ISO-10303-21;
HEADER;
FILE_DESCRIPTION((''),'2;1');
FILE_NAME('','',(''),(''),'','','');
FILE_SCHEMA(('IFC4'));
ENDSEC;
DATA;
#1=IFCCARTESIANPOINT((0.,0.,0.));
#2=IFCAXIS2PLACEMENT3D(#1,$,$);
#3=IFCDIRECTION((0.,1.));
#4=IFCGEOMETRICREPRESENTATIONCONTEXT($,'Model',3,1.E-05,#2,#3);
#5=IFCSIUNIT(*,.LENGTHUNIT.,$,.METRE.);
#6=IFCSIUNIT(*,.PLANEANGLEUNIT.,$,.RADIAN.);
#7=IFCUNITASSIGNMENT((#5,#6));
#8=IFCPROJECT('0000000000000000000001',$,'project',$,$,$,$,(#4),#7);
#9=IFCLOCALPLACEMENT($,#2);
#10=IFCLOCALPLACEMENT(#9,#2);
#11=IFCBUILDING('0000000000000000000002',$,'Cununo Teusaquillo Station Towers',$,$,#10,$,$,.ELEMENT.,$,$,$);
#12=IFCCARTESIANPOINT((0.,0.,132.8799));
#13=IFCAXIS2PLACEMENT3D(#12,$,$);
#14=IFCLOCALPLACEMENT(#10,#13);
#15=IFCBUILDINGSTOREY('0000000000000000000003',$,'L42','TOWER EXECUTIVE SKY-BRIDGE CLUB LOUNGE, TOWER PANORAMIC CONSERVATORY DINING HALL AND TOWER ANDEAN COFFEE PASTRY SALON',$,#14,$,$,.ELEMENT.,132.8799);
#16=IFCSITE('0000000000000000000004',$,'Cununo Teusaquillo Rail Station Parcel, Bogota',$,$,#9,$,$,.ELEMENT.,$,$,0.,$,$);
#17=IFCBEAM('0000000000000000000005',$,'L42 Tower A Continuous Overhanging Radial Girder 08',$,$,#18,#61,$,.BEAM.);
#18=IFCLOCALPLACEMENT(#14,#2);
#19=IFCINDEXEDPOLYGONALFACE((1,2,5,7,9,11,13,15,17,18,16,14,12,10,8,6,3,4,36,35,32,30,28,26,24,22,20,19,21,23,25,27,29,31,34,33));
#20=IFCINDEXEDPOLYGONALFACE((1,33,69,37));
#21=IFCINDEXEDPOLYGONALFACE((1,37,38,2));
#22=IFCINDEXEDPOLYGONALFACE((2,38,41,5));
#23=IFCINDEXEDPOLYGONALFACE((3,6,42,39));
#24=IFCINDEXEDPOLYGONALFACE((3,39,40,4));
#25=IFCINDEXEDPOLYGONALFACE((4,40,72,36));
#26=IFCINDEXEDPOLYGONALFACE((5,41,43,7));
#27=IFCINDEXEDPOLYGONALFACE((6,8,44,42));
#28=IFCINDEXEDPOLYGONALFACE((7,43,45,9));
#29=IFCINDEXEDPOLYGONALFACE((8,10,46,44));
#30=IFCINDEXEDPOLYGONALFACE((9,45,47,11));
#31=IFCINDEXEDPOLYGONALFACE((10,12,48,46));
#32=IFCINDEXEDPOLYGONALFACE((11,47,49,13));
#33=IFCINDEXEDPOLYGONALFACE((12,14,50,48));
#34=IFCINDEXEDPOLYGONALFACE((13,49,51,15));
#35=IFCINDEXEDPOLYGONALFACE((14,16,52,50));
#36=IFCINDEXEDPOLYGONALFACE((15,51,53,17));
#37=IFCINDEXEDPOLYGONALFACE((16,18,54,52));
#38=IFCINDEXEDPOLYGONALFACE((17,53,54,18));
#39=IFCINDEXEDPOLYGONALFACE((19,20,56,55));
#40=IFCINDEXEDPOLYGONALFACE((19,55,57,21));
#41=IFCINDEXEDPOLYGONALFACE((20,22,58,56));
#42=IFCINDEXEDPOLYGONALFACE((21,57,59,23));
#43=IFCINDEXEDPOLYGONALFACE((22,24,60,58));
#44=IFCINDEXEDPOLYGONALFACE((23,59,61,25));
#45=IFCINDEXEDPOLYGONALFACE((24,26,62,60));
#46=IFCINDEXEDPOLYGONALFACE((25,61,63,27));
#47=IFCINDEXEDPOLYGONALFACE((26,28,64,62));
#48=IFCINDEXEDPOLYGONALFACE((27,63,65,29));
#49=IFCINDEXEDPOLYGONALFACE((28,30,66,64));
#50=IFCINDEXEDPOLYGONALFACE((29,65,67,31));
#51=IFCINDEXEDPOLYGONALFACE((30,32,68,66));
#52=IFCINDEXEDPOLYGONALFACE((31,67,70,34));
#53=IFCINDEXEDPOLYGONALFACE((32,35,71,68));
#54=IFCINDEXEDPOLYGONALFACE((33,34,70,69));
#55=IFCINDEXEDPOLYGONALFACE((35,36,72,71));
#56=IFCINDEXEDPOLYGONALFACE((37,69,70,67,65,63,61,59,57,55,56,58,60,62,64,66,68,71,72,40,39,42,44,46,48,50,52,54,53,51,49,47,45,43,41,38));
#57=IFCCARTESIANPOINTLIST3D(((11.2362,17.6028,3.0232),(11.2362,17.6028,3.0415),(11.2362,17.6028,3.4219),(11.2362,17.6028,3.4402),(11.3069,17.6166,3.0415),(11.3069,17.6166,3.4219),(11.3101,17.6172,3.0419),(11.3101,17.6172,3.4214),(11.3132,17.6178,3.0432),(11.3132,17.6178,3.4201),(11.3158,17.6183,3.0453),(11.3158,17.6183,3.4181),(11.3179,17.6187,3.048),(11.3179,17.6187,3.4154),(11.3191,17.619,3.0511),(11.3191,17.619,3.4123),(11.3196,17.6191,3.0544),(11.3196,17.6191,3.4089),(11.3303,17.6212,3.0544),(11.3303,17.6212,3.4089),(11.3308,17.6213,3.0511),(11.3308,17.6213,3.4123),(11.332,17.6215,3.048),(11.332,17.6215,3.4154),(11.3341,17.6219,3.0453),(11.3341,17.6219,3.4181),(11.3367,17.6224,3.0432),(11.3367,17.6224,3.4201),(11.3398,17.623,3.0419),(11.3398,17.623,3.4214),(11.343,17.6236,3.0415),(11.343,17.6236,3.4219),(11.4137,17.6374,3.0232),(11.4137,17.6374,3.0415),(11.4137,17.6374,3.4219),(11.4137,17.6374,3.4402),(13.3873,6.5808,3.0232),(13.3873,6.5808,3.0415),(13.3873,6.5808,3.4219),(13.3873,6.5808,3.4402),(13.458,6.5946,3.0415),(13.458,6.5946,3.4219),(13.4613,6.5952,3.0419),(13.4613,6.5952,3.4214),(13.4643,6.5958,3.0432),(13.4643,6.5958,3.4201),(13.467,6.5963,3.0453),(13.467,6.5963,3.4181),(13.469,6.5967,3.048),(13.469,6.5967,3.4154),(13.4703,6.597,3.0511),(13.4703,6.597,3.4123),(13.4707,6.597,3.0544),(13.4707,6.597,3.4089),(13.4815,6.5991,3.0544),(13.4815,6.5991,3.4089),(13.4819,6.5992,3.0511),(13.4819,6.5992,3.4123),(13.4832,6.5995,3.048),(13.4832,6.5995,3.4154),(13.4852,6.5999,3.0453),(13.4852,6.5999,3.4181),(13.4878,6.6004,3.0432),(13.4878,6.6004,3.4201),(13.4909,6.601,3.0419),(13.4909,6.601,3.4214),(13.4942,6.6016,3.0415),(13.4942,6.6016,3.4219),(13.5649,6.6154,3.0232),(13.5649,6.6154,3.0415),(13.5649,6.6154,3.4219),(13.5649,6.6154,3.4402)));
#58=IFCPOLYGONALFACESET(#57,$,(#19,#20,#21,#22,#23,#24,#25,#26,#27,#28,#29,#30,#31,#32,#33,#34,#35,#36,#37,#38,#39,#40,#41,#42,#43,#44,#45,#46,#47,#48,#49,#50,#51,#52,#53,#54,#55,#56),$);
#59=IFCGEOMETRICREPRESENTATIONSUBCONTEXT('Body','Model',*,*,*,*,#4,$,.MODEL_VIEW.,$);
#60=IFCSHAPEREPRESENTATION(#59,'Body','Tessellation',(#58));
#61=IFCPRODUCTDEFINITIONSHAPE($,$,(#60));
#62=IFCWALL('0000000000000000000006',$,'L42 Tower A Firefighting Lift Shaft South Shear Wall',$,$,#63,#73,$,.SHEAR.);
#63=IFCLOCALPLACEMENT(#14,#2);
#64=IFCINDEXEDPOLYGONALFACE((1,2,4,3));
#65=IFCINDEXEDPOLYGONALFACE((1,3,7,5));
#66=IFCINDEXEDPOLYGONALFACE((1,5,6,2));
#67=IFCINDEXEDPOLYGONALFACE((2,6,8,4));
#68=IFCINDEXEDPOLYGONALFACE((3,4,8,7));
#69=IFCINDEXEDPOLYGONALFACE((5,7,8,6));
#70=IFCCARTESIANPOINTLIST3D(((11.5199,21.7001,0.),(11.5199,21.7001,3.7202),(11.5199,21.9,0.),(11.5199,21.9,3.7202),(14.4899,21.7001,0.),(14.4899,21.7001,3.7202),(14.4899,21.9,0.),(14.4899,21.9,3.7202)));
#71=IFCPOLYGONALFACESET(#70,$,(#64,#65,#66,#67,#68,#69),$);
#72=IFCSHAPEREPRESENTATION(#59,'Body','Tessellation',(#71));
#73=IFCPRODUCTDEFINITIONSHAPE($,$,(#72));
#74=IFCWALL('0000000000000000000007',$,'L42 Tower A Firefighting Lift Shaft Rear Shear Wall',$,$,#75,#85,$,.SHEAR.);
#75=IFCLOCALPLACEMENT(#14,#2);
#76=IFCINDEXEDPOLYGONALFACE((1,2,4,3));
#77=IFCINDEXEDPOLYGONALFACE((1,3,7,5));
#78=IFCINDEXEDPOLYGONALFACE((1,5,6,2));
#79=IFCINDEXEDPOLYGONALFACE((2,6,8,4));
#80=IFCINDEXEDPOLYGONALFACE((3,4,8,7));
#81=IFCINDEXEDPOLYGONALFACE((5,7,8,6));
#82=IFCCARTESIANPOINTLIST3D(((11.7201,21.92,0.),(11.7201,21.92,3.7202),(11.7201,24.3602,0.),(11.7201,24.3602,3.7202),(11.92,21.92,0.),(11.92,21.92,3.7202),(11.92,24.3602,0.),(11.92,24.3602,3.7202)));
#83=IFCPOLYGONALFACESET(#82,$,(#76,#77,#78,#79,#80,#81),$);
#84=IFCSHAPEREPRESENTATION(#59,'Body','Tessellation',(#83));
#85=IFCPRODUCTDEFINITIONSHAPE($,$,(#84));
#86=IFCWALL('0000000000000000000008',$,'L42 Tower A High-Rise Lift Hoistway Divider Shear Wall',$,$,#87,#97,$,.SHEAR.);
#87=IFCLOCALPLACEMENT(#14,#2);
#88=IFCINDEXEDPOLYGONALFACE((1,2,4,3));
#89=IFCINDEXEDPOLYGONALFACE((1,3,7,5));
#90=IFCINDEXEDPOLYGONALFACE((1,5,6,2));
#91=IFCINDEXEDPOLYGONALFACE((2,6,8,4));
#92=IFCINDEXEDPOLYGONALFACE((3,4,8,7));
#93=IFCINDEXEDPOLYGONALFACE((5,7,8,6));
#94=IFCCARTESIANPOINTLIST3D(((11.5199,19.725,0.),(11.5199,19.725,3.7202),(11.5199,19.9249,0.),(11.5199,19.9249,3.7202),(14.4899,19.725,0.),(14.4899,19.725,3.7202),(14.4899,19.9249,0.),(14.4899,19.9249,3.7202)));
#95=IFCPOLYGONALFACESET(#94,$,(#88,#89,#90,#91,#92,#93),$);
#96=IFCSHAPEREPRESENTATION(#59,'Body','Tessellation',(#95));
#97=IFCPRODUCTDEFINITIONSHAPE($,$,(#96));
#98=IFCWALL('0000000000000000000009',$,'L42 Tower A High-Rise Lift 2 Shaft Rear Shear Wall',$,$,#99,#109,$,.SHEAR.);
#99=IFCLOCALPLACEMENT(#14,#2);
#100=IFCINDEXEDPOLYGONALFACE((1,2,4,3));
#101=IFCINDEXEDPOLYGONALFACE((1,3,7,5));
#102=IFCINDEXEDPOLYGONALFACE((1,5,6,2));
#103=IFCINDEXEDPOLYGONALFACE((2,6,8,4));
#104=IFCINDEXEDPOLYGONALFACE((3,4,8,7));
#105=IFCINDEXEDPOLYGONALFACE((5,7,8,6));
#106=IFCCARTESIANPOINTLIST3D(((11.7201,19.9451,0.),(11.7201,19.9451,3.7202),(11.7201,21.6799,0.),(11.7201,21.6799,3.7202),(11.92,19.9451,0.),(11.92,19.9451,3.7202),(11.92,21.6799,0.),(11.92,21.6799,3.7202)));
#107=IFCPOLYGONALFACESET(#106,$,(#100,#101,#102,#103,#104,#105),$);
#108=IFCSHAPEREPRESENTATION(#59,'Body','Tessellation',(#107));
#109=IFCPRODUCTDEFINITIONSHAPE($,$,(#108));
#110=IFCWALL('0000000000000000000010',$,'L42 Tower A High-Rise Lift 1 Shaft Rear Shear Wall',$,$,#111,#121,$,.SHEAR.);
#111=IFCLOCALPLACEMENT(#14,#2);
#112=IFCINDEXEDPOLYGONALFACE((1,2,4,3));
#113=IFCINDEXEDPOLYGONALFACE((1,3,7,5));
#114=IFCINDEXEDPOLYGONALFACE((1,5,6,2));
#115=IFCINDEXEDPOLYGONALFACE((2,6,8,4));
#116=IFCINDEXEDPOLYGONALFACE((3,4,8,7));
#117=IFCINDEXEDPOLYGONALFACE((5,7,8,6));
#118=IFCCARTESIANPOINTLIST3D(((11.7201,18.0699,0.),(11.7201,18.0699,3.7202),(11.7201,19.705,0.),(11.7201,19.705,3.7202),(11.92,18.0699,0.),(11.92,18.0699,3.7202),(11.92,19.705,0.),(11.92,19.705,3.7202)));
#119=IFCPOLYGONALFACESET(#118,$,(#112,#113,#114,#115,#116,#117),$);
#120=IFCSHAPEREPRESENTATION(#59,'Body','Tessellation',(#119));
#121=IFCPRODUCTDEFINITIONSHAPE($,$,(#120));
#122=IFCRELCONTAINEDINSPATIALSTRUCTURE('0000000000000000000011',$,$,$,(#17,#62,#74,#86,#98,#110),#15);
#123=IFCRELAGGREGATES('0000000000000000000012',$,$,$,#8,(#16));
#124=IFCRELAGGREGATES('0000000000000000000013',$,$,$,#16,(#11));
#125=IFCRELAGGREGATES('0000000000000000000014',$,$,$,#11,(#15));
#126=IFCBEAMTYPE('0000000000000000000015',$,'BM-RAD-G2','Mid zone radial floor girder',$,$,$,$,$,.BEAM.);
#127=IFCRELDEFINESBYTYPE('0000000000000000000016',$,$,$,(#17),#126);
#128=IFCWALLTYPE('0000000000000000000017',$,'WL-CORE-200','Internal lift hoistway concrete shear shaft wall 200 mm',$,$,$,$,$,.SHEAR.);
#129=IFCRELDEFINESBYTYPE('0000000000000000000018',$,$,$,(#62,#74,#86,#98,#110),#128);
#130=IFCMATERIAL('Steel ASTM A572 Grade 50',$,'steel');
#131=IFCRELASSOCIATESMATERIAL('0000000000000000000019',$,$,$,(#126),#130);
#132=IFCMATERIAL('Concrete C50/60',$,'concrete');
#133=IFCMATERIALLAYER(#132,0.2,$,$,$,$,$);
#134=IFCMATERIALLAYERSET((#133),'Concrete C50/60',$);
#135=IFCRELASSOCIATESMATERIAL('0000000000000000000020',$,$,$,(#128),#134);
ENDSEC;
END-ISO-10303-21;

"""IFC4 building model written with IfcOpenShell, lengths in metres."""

from ifc_helpers import new_model, si_unit, direction, frame, frame_2d, origin, origin_2d, place, context, subcontext, project, spatial, rectangle, i_section, extrude, material, layer, layer_set, material_profile, profile_set, type_object, element, save


model = new_model("IFC4")

# Units and contexts
model_context = context("Model", 3, precision=1e-05, world=origin(), true_north=direction((0.0, 1.0)))
body_context = subcontext(model_context, "Body", "Model", "MODEL_VIEW")
ifc_project = project(units=[si_unit("LENGTHUNIT", "METRE"), si_unit("PLANEANGLEUNIT", "RADIAN")], contexts=[model_context])

# Site, building, storey
site_placement = place(None, origin())
site = spatial("IfcSite", under=ifc_project, at=site_placement, Name="Cununo Teusaquillo Rail Station Parcel, Bogota", CompositionType="ELEMENT", RefElevation=0.0)
building_placement = place(site_placement, origin())
building = spatial("IfcBuilding", under=site, at=building_placement, Name="Cununo Teusaquillo Station Towers", CompositionType="ELEMENT")
storey_placement = place(building_placement, frame((0.0, 0.0, 132.8799)))
storey = spatial("IfcBuildingStorey", under=building, at=storey_placement, Name="L42", Description="TOWER EXECUTIVE SKY-BRIDGE CLUB LOUNGE, TOWER PANORAMIC CONSERVATORY DINING HALL AND TOWER ANDEAN COFFEE PASTRY SALON", CompositionType="ELEMENT", Elevation=132.8799)

# Beam
ifc_material_1 = material(Name="Steel ASTM A572 Grade 50", Category="steel")
ifc_material_profile_1 = material_profile(ifc_material_1, i_section(OverallWidth=0.1809, OverallDepth=0.417, WebThickness=0.011, FlangeThickness=0.0183, FilletRadius=0.0129, at=origin_2d()), Name="W16X57")
ifc_profile_set_1 = profile_set([ifc_material_profile_1], Name="Steel ASTM A572 Grade 50")
beam_type_1 = type_object("IfcBeamType", Name="BM-RAD-G2", Description="Mid zone radial floor girder", PredefinedType="BEAM", material=ifc_profile_set_1)
beam_1_placement = place(storey_placement, frame((11.325, 17.6201, 3.2317), z_axis=(0.191553, -0.981482, 0.0), x_axis=(0.981482, 0.191553, 0.0)))
element("IfcBeam", 1, at=beam_1_placement, inside=storey, type_object=beam_type_1, Name="L42 Tower A Continuous Overhanging Radial Girder 08", PredefinedType="BEAM", context=body_context, shape_type="SweptSolid", body=[
    extrude(i_section(OverallWidth=0.1809, OverallDepth=0.417, WebThickness=0.011, FlangeThickness=0.0183, FilletRadius=0.0129, at=origin_2d()), origin(), (0.0, 0.0, 1.0), 11.23),
])

# Walls
ifc_material_2 = material(Name="Concrete C50/60", Category="concrete")
ifc_layer_1 = layer(ifc_material_2, 0.2)
ifc_layer_set_1 = layer_set([ifc_layer_1], Name="Concrete C50/60")
wall_type_1 = type_object("IfcWallType", Name="WL-CORE-200", Description="Internal lift hoistway concrete shear shaft wall 200 mm", PredefinedType="SHEAR", material=ifc_layer_set_1)
wall_1_placement = place(storey_placement, frame((11.52, 21.8, 0.0), z_axis=(0.0, 0.0, 1.0), x_axis=(1.0, 0.0, 0.0)))
element("IfcWall", 2, at=wall_1_placement, inside=storey, type_object=wall_type_1, Name="L42 Tower A Firefighting Lift Shaft South Shear Wall", PredefinedType="SHEAR", context=body_context, shape_type="SweptSolid", body=[
    extrude(rectangle(XDim=2.97, YDim=0.2, at=frame_2d((1.4849, 0.0))), origin(), (0.0, 0.0, 1.0), 3.7202),
])
wall_2_placement = place(storey_placement, frame((11.8201, 21.9199, 0.0), z_axis=(0.0, 0.0, 1.0), x_axis=(0.0, 1.0, 0.0)))
element("IfcWall", 3, at=wall_2_placement, inside=storey, type_object=wall_type_1, Name="L42 Tower A Firefighting Lift Shaft Rear Shear Wall", PredefinedType="SHEAR", context=body_context, shape_type="SweptSolid", body=[
    extrude(rectangle(XDim=2.4402, YDim=0.2, at=frame_2d((1.2202, 0.0))), origin(), (0.0, 0.0, 1.0), 3.7202),
])
wall_3_placement = place(storey_placement, frame((11.52, 19.825, 0.0), z_axis=(0.0, 0.0, 1.0), x_axis=(1.0, 0.0, 0.0)))
element("IfcWall", 4, at=wall_3_placement, inside=storey, type_object=wall_type_1, Name="L42 Tower A High-Rise Lift Hoistway Divider Shear Wall", PredefinedType="SHEAR", context=body_context, shape_type="SweptSolid", body=[
    extrude(rectangle(XDim=2.97, YDim=0.2, at=frame_2d((1.4849, 0.0))), origin(), (0.0, 0.0, 1.0), 3.7202),
])
wall_4_placement = place(storey_placement, frame((11.8201, 19.9451, 0.0), z_axis=(0.0, 0.0, 1.0), x_axis=(0.0, 1.0, 0.0)))
element("IfcWall", 5, at=wall_4_placement, inside=storey, type_object=wall_type_1, Name="L42 Tower A High-Rise Lift 2 Shaft Rear Shear Wall", PredefinedType="SHEAR", context=body_context, shape_type="SweptSolid", body=[
    extrude(rectangle(XDim=1.7349, YDim=0.2, at=frame_2d((0.8674, 0.0))), origin(), (0.0, 0.0, 1.0), 3.7202),
])
wall_5_placement = place(storey_placement, frame((11.8201, 18.0701, 0.0), z_axis=(0.0, 0.0, 1.0), x_axis=(0.0, 1.0, 0.0)))
element("IfcWall", 6, at=wall_5_placement, inside=storey, type_object=wall_type_1, Name="L42 Tower A High-Rise Lift 1 Shaft Rear Shear Wall", PredefinedType="SHEAR", context=body_context, shape_type="SweptSolid", body=[
    extrude(rectangle(XDim=1.635, YDim=0.2, at=frame_2d((0.8174, 0.0))), origin(), (0.0, 0.0, 1.0), 3.7202),
])

save(model, "model.ifc")
